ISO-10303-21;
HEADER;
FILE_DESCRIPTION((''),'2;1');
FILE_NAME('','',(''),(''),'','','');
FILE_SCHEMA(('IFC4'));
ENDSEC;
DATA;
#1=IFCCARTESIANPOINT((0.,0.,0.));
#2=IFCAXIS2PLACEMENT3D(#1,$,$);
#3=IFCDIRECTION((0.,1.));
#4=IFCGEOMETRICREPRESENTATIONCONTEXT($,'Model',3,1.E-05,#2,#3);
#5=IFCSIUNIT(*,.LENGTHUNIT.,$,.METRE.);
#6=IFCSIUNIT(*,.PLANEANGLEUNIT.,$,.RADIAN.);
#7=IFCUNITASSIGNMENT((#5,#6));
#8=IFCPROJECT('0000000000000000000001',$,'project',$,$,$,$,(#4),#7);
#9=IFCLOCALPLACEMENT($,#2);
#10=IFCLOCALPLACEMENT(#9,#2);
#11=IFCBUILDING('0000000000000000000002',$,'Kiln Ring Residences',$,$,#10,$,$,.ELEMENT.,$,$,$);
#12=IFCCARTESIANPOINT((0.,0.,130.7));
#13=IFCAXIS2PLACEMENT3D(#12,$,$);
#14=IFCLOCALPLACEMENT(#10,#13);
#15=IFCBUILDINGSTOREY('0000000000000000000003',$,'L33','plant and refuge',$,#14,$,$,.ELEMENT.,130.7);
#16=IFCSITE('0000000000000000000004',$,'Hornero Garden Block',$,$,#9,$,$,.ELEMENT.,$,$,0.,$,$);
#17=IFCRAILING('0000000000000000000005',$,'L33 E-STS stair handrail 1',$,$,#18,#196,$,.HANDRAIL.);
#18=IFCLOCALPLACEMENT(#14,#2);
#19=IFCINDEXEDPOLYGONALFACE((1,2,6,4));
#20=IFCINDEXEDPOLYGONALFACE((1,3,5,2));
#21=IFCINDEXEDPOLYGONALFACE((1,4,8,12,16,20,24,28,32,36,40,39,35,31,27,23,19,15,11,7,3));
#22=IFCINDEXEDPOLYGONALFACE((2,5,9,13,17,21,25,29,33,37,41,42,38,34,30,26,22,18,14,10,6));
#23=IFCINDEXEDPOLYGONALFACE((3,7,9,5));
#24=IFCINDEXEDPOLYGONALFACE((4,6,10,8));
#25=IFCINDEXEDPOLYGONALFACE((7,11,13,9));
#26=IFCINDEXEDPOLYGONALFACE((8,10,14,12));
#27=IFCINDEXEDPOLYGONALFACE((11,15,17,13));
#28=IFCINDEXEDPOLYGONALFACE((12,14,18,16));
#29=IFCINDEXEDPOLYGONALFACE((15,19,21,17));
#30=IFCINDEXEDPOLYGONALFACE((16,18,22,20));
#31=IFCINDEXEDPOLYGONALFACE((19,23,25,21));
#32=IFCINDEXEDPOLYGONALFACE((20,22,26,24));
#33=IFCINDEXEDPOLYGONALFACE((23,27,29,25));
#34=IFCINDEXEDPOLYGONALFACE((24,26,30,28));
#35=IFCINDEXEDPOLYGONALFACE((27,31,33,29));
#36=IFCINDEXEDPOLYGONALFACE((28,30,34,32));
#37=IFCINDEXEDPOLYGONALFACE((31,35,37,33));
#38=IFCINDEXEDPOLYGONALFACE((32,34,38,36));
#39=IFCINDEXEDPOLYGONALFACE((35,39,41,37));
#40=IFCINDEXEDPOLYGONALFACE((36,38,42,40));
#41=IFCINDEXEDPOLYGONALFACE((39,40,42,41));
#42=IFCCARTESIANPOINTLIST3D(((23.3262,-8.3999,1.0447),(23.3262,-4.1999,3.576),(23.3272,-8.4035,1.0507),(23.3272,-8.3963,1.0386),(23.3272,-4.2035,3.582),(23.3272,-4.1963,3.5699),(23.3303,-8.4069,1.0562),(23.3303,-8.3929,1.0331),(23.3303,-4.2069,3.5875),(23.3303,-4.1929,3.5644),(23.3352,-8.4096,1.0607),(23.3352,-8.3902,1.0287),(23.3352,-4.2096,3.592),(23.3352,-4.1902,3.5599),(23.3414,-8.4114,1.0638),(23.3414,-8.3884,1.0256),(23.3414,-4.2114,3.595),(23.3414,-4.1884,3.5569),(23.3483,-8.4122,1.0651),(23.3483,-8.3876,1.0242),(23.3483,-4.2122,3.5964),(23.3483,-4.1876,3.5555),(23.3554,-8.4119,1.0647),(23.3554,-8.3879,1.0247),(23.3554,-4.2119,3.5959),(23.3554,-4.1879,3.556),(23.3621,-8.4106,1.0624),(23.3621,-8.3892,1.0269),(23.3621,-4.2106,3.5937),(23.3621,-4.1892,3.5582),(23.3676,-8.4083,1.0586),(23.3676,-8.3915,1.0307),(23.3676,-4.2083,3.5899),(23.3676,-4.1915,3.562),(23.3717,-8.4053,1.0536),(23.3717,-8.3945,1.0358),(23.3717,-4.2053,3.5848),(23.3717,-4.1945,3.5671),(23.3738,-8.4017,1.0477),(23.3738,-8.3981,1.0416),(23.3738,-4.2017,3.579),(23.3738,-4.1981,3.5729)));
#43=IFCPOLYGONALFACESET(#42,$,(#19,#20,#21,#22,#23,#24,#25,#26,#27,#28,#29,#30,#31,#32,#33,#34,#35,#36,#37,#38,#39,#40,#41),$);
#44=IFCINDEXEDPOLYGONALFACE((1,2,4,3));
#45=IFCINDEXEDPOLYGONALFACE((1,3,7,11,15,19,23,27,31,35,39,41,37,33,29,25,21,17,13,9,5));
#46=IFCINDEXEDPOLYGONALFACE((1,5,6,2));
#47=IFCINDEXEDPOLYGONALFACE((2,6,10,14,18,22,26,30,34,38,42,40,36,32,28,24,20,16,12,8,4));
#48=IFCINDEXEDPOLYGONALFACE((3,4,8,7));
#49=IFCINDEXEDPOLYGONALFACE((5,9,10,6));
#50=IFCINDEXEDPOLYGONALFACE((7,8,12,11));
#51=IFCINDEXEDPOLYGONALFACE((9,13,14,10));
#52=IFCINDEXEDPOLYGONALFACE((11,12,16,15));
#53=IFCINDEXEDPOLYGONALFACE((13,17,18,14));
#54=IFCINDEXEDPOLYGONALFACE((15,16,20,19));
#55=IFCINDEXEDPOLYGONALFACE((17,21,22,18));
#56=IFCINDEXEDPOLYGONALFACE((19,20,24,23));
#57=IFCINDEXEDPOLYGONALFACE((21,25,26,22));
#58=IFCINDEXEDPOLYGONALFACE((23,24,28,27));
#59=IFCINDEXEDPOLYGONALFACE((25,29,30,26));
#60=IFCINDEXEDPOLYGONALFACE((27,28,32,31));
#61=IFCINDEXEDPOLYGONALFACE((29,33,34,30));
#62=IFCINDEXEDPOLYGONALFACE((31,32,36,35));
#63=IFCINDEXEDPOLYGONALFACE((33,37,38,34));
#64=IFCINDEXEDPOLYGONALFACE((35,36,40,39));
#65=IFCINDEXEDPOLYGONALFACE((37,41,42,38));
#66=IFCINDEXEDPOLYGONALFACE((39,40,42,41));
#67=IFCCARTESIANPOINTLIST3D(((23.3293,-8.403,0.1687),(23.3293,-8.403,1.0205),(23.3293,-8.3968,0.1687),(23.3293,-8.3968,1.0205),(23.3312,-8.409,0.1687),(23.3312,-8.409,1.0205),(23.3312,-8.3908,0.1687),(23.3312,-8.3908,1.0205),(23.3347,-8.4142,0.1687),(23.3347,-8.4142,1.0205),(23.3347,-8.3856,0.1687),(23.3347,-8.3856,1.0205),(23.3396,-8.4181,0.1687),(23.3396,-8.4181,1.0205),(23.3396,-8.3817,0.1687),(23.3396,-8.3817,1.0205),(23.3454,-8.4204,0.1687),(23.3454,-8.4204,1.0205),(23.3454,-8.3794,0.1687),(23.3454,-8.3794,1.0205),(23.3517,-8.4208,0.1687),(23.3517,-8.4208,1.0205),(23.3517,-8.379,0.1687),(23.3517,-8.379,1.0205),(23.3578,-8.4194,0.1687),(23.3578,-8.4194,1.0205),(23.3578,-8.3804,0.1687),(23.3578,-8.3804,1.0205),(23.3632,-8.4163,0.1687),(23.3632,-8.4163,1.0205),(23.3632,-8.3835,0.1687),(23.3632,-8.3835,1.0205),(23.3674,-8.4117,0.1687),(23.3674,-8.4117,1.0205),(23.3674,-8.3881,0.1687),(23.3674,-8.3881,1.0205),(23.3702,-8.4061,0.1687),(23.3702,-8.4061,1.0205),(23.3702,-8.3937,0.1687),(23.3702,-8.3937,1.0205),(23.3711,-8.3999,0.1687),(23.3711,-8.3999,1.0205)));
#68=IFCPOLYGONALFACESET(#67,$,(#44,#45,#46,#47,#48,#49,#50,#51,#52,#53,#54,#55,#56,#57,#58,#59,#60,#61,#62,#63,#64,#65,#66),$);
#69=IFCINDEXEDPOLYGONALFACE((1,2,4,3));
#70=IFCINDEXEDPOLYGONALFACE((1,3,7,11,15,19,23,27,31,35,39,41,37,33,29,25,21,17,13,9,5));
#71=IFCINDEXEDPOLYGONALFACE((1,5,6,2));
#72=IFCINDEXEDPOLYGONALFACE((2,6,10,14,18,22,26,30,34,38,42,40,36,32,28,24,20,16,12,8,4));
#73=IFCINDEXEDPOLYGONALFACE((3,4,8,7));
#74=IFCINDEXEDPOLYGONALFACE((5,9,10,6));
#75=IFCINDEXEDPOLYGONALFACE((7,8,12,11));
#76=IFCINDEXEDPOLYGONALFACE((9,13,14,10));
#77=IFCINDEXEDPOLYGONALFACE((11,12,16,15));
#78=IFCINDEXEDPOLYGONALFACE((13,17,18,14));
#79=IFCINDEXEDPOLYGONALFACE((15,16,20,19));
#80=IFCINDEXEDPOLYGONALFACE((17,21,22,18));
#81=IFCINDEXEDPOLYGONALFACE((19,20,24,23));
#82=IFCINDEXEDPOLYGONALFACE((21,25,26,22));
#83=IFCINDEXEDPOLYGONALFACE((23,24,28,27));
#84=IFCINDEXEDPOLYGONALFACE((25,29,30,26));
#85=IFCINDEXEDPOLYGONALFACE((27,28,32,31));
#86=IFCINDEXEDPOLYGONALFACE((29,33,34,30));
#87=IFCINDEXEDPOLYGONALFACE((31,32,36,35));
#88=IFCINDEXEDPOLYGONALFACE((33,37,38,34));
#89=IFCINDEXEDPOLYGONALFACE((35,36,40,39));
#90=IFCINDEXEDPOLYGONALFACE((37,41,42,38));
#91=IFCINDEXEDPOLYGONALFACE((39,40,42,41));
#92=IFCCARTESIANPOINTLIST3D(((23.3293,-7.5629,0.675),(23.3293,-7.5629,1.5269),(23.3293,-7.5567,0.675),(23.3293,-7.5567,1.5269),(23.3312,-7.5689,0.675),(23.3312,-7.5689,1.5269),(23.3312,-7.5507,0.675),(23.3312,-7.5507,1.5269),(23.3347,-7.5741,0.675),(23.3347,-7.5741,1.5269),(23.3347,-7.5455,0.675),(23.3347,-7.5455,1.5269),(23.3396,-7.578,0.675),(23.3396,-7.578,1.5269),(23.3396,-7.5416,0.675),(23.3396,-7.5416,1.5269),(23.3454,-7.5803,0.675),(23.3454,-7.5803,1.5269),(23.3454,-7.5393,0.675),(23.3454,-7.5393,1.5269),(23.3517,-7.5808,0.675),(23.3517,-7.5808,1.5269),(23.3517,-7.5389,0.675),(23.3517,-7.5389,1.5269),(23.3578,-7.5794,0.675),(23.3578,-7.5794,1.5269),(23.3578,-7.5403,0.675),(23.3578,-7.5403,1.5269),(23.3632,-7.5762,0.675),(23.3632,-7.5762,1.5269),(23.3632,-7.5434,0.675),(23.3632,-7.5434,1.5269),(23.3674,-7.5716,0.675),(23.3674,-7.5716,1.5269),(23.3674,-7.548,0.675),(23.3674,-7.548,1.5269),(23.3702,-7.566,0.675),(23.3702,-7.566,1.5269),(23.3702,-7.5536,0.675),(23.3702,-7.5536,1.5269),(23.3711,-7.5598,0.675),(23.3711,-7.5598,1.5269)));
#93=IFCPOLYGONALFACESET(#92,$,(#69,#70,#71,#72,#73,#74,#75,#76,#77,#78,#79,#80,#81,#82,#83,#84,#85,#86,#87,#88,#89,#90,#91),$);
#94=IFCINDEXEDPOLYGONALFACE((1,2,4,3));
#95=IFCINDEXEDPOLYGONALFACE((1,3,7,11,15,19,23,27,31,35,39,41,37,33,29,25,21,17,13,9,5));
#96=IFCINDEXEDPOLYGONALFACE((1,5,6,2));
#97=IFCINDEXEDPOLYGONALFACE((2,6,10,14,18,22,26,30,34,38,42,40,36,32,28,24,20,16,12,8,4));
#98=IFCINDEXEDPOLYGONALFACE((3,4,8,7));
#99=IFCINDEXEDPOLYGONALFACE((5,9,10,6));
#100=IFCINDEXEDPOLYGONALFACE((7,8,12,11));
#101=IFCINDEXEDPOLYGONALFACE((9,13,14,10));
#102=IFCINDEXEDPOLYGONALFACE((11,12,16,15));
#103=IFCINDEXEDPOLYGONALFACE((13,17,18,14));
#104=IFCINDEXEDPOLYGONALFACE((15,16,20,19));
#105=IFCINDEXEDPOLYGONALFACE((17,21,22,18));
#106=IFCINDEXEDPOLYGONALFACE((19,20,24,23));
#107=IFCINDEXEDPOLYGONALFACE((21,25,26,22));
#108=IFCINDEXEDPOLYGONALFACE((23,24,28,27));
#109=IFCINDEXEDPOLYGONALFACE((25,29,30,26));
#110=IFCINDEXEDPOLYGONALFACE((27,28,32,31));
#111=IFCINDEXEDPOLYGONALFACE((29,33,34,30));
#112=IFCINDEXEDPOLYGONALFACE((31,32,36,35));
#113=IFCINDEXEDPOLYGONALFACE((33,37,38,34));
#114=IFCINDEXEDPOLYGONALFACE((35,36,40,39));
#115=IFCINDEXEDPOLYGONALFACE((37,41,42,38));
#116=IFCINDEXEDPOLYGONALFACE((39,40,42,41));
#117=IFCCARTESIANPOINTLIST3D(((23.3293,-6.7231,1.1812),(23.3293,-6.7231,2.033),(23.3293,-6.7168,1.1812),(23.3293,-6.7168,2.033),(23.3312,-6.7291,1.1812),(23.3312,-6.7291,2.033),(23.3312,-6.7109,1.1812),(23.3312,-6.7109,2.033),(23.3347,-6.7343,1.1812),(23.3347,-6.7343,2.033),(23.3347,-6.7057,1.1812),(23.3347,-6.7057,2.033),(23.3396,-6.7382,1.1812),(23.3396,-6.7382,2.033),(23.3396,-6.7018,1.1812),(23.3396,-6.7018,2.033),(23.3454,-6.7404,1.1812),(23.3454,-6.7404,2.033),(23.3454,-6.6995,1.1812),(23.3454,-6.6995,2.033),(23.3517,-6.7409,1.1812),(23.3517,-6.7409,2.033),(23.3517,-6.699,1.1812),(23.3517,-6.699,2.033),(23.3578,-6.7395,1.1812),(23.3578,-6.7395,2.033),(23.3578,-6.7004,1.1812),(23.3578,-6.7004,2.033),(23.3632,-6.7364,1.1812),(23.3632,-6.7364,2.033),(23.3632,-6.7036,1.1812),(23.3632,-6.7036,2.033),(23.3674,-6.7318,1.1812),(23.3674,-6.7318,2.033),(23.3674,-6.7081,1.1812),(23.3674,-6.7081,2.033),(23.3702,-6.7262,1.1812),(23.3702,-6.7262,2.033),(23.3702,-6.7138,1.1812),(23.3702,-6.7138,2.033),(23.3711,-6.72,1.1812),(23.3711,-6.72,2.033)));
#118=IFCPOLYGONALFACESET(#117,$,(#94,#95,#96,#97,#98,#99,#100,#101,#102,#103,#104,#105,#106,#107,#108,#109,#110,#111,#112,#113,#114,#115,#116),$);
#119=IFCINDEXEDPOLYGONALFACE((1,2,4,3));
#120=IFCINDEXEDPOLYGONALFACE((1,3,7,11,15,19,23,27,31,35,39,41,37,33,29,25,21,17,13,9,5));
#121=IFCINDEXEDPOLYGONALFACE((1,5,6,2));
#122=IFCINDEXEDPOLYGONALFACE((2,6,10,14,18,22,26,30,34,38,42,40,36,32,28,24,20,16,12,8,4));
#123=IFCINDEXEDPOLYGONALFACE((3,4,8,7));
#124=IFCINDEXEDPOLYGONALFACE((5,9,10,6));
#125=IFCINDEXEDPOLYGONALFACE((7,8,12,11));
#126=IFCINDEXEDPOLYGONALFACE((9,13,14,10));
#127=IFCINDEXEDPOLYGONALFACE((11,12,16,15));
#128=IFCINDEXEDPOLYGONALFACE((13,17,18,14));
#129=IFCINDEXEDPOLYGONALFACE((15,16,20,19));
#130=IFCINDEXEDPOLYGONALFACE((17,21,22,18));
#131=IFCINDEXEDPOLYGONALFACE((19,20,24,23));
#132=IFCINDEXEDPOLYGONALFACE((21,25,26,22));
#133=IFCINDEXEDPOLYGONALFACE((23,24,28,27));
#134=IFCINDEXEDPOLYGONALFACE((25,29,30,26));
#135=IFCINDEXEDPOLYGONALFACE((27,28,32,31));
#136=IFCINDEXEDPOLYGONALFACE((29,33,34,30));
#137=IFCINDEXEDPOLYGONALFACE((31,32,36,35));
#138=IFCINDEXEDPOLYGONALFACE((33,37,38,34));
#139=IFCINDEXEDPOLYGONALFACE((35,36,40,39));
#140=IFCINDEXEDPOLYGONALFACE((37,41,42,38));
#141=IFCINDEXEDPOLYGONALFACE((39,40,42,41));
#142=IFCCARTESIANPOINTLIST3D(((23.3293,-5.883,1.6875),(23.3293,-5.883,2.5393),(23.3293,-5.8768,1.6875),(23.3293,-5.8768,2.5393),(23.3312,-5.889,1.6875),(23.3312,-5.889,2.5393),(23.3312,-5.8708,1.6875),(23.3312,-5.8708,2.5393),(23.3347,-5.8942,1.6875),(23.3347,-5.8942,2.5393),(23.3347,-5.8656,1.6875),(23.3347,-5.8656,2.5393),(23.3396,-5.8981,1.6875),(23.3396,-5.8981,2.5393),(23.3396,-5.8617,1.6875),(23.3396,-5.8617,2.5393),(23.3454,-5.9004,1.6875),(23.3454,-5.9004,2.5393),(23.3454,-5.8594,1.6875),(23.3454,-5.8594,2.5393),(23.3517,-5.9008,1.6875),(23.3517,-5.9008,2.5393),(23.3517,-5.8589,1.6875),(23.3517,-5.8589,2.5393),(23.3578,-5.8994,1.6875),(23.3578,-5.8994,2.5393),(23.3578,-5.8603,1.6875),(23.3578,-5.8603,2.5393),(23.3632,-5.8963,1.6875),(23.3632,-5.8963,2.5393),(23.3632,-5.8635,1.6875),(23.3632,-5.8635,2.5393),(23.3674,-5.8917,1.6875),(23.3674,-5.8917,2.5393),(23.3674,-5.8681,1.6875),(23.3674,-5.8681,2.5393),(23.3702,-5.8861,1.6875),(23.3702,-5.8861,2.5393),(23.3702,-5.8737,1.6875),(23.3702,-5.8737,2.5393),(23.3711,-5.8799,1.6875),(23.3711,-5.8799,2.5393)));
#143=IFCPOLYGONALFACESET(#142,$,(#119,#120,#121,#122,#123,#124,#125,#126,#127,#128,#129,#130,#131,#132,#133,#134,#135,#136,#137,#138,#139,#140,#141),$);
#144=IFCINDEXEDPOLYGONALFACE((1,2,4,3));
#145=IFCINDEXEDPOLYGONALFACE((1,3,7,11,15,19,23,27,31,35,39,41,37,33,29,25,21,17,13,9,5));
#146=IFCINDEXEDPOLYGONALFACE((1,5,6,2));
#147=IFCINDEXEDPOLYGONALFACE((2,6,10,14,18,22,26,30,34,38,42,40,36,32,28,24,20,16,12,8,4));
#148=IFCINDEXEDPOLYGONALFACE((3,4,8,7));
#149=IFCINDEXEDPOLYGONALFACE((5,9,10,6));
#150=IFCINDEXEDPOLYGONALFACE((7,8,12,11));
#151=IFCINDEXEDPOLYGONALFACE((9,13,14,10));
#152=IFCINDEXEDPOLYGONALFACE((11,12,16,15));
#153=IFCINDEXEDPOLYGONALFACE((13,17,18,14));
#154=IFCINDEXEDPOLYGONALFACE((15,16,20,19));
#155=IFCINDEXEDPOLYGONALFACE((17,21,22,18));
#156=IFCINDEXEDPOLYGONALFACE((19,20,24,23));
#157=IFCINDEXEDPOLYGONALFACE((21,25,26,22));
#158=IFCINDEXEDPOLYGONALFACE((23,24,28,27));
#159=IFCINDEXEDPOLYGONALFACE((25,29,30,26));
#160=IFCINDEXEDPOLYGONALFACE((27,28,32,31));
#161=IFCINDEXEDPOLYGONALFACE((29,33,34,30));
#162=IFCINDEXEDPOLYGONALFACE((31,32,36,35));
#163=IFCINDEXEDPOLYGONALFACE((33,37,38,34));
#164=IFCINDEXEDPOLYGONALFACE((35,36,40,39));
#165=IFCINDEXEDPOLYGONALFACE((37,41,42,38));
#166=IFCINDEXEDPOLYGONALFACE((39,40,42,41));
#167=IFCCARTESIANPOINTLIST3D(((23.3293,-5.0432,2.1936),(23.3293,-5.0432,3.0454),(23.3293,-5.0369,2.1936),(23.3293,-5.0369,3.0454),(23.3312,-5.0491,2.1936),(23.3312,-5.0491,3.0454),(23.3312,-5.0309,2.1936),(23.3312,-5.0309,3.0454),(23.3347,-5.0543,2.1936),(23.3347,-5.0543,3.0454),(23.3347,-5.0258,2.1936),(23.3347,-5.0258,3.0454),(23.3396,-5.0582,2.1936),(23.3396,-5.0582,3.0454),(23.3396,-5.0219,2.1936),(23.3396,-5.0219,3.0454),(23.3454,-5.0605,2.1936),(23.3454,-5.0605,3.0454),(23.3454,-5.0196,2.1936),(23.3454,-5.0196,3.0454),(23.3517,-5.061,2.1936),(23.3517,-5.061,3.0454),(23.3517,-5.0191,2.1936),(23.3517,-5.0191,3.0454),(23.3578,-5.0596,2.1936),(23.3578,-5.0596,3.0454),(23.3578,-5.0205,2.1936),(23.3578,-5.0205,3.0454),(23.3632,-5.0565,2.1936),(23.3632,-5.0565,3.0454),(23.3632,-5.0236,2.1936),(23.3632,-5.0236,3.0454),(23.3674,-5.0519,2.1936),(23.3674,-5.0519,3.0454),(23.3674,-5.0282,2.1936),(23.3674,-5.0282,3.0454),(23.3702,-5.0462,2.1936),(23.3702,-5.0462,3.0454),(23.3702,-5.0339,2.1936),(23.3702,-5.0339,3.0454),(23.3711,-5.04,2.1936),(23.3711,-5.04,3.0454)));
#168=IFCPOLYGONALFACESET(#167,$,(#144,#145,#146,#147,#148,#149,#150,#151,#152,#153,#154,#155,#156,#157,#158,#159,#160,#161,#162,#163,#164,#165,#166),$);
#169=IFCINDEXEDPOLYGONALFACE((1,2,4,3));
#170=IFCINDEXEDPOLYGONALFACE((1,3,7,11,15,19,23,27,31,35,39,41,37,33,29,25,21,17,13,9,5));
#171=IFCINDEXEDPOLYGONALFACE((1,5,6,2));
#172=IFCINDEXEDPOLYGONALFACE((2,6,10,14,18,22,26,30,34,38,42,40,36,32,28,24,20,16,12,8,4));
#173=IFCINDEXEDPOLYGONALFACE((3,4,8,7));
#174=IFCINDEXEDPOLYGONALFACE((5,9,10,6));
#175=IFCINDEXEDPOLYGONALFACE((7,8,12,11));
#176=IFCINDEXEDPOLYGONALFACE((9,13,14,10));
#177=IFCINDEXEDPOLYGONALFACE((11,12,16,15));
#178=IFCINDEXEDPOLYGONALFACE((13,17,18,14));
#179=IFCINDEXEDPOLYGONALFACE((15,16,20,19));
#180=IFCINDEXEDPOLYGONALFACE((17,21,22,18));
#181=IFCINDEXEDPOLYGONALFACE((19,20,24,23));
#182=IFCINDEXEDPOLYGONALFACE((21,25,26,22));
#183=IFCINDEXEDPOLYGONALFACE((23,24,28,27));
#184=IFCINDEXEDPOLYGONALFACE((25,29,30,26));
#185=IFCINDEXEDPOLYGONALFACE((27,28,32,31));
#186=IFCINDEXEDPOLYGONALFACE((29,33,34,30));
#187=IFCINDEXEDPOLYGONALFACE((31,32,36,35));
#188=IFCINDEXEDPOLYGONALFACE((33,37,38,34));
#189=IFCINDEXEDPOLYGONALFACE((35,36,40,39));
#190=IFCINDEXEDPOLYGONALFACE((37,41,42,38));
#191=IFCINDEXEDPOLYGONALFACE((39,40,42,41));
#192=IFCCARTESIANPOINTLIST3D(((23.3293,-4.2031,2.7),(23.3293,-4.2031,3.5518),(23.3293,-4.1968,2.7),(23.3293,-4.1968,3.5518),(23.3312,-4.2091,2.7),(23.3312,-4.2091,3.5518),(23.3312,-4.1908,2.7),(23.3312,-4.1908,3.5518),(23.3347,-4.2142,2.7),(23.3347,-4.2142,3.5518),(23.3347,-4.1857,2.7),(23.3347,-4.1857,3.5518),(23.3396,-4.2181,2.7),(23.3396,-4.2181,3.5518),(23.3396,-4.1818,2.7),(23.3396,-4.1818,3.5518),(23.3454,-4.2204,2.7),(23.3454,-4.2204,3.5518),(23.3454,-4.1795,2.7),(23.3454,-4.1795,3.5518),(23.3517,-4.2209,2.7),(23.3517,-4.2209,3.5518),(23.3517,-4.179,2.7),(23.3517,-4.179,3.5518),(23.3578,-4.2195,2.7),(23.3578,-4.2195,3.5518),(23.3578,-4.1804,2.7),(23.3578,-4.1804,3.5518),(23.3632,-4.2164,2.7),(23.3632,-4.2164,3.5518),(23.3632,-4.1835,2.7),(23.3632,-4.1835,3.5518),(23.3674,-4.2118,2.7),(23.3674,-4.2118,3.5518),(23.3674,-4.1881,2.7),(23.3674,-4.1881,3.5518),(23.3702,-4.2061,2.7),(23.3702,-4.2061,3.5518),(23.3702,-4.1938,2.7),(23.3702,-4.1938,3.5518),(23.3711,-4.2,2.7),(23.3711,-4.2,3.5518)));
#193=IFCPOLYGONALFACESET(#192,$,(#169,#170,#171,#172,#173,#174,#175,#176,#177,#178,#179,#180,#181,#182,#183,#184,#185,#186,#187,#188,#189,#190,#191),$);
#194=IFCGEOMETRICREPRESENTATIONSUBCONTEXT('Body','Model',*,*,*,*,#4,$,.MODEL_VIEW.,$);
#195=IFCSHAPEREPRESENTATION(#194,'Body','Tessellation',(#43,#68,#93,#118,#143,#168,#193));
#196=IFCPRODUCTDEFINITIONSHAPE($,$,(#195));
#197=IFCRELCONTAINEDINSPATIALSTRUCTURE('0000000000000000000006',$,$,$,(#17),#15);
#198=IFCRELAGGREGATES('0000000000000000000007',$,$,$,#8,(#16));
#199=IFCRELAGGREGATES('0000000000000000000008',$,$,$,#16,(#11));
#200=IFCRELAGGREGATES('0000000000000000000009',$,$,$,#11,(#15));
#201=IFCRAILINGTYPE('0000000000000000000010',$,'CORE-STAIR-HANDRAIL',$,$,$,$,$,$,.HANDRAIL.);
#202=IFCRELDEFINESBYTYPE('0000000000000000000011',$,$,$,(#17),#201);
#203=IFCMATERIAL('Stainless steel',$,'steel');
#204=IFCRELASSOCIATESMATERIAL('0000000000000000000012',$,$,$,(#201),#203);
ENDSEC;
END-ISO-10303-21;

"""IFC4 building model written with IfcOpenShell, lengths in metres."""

from ifc_helpers import new_model, si_unit, direction, frame, origin, origin_2d, place, context, subcontext, project, spatial, circle, extrude, material, type_object, element, save


model = new_model("IFC4")

# Units and contexts
model_context = context("Model", 3, precision=1e-05, world=origin(), true_north=direction((0.0, 1.0)))
body_context = subcontext(model_context, "Body", "Model", "MODEL_VIEW")
ifc_project = project(units=[si_unit("LENGTHUNIT", "METRE"), si_unit("PLANEANGLEUNIT", "RADIAN")], contexts=[model_context])

# Site, building, storey
site_placement = place(None, origin())
site = spatial("IfcSite", under=ifc_project, at=site_placement, Name="Hornero Garden Block", CompositionType="ELEMENT", RefElevation=0.0)
building_placement = place(site_placement, origin())
building = spatial("IfcBuilding", under=site, at=building_placement, Name="Kiln Ring Residences", CompositionType="ELEMENT")
storey_placement = place(building_placement, frame((0.0, 0.0, 130.7)))
storey = spatial("IfcBuildingStorey", under=building, at=storey_placement, Name="L33", Description="plant and refuge", CompositionType="ELEMENT", Elevation=130.7)

# Railing
ifc_material_1 = material(Name="Stainless steel", Category="steel")
railing_type_1 = type_object("IfcRailingType", Name="CORE-STAIR-HANDRAIL", PredefinedType="HANDRAIL", material=ifc_material_1)
railing_1_placement = place(storey_placement, frame((23.3501, -8.3999, 0.1687)))
element("IfcRailing", 1, at=railing_1_placement, inside=storey, type_object=railing_type_1, Name="L33 E-STS stair handrail 1", PredefinedType="HANDRAIL", context=body_context, shape_type="SweptSolid", body=[
    extrude(circle(Radius=0.0239, at=origin_2d()), frame((0.0, 0.0, 0.876), z_axis=(0.0, 0.856476, 0.516186), x_axis=(-1.0, 0.0, 0.0)), (0.0, 0.0, 1.0), 4.9038),
    extrude(circle(Radius=0.021, at=origin_2d()), origin(), (0.0, 0.0, 1.0), 0.8518),
    extrude(circle(Radius=0.021, at=origin_2d()), frame((0.0, 0.8401, 0.5063)), (0.0, 0.0, 1.0), 0.8518),
    extrude(circle(Radius=0.021, at=origin_2d()), frame((0.0, 1.6799, 1.0125)), (0.0, 0.0, 1.0), 0.8518),
    extrude(circle(Radius=0.021, at=origin_2d()), frame((0.0, 2.52, 1.5188)), (0.0, 0.0, 1.0), 0.8518),
    extrude(circle(Radius=0.021, at=origin_2d()), frame((0.0, 3.3599, 2.0249)), (0.0, 0.0, 1.0), 0.8518),
    extrude(circle(Radius=0.021, at=origin_2d()), frame((0.0, 4.2, 2.5312)), (0.0, 0.0, 1.0), 0.8518),
])

save(model, "model.ifc")
